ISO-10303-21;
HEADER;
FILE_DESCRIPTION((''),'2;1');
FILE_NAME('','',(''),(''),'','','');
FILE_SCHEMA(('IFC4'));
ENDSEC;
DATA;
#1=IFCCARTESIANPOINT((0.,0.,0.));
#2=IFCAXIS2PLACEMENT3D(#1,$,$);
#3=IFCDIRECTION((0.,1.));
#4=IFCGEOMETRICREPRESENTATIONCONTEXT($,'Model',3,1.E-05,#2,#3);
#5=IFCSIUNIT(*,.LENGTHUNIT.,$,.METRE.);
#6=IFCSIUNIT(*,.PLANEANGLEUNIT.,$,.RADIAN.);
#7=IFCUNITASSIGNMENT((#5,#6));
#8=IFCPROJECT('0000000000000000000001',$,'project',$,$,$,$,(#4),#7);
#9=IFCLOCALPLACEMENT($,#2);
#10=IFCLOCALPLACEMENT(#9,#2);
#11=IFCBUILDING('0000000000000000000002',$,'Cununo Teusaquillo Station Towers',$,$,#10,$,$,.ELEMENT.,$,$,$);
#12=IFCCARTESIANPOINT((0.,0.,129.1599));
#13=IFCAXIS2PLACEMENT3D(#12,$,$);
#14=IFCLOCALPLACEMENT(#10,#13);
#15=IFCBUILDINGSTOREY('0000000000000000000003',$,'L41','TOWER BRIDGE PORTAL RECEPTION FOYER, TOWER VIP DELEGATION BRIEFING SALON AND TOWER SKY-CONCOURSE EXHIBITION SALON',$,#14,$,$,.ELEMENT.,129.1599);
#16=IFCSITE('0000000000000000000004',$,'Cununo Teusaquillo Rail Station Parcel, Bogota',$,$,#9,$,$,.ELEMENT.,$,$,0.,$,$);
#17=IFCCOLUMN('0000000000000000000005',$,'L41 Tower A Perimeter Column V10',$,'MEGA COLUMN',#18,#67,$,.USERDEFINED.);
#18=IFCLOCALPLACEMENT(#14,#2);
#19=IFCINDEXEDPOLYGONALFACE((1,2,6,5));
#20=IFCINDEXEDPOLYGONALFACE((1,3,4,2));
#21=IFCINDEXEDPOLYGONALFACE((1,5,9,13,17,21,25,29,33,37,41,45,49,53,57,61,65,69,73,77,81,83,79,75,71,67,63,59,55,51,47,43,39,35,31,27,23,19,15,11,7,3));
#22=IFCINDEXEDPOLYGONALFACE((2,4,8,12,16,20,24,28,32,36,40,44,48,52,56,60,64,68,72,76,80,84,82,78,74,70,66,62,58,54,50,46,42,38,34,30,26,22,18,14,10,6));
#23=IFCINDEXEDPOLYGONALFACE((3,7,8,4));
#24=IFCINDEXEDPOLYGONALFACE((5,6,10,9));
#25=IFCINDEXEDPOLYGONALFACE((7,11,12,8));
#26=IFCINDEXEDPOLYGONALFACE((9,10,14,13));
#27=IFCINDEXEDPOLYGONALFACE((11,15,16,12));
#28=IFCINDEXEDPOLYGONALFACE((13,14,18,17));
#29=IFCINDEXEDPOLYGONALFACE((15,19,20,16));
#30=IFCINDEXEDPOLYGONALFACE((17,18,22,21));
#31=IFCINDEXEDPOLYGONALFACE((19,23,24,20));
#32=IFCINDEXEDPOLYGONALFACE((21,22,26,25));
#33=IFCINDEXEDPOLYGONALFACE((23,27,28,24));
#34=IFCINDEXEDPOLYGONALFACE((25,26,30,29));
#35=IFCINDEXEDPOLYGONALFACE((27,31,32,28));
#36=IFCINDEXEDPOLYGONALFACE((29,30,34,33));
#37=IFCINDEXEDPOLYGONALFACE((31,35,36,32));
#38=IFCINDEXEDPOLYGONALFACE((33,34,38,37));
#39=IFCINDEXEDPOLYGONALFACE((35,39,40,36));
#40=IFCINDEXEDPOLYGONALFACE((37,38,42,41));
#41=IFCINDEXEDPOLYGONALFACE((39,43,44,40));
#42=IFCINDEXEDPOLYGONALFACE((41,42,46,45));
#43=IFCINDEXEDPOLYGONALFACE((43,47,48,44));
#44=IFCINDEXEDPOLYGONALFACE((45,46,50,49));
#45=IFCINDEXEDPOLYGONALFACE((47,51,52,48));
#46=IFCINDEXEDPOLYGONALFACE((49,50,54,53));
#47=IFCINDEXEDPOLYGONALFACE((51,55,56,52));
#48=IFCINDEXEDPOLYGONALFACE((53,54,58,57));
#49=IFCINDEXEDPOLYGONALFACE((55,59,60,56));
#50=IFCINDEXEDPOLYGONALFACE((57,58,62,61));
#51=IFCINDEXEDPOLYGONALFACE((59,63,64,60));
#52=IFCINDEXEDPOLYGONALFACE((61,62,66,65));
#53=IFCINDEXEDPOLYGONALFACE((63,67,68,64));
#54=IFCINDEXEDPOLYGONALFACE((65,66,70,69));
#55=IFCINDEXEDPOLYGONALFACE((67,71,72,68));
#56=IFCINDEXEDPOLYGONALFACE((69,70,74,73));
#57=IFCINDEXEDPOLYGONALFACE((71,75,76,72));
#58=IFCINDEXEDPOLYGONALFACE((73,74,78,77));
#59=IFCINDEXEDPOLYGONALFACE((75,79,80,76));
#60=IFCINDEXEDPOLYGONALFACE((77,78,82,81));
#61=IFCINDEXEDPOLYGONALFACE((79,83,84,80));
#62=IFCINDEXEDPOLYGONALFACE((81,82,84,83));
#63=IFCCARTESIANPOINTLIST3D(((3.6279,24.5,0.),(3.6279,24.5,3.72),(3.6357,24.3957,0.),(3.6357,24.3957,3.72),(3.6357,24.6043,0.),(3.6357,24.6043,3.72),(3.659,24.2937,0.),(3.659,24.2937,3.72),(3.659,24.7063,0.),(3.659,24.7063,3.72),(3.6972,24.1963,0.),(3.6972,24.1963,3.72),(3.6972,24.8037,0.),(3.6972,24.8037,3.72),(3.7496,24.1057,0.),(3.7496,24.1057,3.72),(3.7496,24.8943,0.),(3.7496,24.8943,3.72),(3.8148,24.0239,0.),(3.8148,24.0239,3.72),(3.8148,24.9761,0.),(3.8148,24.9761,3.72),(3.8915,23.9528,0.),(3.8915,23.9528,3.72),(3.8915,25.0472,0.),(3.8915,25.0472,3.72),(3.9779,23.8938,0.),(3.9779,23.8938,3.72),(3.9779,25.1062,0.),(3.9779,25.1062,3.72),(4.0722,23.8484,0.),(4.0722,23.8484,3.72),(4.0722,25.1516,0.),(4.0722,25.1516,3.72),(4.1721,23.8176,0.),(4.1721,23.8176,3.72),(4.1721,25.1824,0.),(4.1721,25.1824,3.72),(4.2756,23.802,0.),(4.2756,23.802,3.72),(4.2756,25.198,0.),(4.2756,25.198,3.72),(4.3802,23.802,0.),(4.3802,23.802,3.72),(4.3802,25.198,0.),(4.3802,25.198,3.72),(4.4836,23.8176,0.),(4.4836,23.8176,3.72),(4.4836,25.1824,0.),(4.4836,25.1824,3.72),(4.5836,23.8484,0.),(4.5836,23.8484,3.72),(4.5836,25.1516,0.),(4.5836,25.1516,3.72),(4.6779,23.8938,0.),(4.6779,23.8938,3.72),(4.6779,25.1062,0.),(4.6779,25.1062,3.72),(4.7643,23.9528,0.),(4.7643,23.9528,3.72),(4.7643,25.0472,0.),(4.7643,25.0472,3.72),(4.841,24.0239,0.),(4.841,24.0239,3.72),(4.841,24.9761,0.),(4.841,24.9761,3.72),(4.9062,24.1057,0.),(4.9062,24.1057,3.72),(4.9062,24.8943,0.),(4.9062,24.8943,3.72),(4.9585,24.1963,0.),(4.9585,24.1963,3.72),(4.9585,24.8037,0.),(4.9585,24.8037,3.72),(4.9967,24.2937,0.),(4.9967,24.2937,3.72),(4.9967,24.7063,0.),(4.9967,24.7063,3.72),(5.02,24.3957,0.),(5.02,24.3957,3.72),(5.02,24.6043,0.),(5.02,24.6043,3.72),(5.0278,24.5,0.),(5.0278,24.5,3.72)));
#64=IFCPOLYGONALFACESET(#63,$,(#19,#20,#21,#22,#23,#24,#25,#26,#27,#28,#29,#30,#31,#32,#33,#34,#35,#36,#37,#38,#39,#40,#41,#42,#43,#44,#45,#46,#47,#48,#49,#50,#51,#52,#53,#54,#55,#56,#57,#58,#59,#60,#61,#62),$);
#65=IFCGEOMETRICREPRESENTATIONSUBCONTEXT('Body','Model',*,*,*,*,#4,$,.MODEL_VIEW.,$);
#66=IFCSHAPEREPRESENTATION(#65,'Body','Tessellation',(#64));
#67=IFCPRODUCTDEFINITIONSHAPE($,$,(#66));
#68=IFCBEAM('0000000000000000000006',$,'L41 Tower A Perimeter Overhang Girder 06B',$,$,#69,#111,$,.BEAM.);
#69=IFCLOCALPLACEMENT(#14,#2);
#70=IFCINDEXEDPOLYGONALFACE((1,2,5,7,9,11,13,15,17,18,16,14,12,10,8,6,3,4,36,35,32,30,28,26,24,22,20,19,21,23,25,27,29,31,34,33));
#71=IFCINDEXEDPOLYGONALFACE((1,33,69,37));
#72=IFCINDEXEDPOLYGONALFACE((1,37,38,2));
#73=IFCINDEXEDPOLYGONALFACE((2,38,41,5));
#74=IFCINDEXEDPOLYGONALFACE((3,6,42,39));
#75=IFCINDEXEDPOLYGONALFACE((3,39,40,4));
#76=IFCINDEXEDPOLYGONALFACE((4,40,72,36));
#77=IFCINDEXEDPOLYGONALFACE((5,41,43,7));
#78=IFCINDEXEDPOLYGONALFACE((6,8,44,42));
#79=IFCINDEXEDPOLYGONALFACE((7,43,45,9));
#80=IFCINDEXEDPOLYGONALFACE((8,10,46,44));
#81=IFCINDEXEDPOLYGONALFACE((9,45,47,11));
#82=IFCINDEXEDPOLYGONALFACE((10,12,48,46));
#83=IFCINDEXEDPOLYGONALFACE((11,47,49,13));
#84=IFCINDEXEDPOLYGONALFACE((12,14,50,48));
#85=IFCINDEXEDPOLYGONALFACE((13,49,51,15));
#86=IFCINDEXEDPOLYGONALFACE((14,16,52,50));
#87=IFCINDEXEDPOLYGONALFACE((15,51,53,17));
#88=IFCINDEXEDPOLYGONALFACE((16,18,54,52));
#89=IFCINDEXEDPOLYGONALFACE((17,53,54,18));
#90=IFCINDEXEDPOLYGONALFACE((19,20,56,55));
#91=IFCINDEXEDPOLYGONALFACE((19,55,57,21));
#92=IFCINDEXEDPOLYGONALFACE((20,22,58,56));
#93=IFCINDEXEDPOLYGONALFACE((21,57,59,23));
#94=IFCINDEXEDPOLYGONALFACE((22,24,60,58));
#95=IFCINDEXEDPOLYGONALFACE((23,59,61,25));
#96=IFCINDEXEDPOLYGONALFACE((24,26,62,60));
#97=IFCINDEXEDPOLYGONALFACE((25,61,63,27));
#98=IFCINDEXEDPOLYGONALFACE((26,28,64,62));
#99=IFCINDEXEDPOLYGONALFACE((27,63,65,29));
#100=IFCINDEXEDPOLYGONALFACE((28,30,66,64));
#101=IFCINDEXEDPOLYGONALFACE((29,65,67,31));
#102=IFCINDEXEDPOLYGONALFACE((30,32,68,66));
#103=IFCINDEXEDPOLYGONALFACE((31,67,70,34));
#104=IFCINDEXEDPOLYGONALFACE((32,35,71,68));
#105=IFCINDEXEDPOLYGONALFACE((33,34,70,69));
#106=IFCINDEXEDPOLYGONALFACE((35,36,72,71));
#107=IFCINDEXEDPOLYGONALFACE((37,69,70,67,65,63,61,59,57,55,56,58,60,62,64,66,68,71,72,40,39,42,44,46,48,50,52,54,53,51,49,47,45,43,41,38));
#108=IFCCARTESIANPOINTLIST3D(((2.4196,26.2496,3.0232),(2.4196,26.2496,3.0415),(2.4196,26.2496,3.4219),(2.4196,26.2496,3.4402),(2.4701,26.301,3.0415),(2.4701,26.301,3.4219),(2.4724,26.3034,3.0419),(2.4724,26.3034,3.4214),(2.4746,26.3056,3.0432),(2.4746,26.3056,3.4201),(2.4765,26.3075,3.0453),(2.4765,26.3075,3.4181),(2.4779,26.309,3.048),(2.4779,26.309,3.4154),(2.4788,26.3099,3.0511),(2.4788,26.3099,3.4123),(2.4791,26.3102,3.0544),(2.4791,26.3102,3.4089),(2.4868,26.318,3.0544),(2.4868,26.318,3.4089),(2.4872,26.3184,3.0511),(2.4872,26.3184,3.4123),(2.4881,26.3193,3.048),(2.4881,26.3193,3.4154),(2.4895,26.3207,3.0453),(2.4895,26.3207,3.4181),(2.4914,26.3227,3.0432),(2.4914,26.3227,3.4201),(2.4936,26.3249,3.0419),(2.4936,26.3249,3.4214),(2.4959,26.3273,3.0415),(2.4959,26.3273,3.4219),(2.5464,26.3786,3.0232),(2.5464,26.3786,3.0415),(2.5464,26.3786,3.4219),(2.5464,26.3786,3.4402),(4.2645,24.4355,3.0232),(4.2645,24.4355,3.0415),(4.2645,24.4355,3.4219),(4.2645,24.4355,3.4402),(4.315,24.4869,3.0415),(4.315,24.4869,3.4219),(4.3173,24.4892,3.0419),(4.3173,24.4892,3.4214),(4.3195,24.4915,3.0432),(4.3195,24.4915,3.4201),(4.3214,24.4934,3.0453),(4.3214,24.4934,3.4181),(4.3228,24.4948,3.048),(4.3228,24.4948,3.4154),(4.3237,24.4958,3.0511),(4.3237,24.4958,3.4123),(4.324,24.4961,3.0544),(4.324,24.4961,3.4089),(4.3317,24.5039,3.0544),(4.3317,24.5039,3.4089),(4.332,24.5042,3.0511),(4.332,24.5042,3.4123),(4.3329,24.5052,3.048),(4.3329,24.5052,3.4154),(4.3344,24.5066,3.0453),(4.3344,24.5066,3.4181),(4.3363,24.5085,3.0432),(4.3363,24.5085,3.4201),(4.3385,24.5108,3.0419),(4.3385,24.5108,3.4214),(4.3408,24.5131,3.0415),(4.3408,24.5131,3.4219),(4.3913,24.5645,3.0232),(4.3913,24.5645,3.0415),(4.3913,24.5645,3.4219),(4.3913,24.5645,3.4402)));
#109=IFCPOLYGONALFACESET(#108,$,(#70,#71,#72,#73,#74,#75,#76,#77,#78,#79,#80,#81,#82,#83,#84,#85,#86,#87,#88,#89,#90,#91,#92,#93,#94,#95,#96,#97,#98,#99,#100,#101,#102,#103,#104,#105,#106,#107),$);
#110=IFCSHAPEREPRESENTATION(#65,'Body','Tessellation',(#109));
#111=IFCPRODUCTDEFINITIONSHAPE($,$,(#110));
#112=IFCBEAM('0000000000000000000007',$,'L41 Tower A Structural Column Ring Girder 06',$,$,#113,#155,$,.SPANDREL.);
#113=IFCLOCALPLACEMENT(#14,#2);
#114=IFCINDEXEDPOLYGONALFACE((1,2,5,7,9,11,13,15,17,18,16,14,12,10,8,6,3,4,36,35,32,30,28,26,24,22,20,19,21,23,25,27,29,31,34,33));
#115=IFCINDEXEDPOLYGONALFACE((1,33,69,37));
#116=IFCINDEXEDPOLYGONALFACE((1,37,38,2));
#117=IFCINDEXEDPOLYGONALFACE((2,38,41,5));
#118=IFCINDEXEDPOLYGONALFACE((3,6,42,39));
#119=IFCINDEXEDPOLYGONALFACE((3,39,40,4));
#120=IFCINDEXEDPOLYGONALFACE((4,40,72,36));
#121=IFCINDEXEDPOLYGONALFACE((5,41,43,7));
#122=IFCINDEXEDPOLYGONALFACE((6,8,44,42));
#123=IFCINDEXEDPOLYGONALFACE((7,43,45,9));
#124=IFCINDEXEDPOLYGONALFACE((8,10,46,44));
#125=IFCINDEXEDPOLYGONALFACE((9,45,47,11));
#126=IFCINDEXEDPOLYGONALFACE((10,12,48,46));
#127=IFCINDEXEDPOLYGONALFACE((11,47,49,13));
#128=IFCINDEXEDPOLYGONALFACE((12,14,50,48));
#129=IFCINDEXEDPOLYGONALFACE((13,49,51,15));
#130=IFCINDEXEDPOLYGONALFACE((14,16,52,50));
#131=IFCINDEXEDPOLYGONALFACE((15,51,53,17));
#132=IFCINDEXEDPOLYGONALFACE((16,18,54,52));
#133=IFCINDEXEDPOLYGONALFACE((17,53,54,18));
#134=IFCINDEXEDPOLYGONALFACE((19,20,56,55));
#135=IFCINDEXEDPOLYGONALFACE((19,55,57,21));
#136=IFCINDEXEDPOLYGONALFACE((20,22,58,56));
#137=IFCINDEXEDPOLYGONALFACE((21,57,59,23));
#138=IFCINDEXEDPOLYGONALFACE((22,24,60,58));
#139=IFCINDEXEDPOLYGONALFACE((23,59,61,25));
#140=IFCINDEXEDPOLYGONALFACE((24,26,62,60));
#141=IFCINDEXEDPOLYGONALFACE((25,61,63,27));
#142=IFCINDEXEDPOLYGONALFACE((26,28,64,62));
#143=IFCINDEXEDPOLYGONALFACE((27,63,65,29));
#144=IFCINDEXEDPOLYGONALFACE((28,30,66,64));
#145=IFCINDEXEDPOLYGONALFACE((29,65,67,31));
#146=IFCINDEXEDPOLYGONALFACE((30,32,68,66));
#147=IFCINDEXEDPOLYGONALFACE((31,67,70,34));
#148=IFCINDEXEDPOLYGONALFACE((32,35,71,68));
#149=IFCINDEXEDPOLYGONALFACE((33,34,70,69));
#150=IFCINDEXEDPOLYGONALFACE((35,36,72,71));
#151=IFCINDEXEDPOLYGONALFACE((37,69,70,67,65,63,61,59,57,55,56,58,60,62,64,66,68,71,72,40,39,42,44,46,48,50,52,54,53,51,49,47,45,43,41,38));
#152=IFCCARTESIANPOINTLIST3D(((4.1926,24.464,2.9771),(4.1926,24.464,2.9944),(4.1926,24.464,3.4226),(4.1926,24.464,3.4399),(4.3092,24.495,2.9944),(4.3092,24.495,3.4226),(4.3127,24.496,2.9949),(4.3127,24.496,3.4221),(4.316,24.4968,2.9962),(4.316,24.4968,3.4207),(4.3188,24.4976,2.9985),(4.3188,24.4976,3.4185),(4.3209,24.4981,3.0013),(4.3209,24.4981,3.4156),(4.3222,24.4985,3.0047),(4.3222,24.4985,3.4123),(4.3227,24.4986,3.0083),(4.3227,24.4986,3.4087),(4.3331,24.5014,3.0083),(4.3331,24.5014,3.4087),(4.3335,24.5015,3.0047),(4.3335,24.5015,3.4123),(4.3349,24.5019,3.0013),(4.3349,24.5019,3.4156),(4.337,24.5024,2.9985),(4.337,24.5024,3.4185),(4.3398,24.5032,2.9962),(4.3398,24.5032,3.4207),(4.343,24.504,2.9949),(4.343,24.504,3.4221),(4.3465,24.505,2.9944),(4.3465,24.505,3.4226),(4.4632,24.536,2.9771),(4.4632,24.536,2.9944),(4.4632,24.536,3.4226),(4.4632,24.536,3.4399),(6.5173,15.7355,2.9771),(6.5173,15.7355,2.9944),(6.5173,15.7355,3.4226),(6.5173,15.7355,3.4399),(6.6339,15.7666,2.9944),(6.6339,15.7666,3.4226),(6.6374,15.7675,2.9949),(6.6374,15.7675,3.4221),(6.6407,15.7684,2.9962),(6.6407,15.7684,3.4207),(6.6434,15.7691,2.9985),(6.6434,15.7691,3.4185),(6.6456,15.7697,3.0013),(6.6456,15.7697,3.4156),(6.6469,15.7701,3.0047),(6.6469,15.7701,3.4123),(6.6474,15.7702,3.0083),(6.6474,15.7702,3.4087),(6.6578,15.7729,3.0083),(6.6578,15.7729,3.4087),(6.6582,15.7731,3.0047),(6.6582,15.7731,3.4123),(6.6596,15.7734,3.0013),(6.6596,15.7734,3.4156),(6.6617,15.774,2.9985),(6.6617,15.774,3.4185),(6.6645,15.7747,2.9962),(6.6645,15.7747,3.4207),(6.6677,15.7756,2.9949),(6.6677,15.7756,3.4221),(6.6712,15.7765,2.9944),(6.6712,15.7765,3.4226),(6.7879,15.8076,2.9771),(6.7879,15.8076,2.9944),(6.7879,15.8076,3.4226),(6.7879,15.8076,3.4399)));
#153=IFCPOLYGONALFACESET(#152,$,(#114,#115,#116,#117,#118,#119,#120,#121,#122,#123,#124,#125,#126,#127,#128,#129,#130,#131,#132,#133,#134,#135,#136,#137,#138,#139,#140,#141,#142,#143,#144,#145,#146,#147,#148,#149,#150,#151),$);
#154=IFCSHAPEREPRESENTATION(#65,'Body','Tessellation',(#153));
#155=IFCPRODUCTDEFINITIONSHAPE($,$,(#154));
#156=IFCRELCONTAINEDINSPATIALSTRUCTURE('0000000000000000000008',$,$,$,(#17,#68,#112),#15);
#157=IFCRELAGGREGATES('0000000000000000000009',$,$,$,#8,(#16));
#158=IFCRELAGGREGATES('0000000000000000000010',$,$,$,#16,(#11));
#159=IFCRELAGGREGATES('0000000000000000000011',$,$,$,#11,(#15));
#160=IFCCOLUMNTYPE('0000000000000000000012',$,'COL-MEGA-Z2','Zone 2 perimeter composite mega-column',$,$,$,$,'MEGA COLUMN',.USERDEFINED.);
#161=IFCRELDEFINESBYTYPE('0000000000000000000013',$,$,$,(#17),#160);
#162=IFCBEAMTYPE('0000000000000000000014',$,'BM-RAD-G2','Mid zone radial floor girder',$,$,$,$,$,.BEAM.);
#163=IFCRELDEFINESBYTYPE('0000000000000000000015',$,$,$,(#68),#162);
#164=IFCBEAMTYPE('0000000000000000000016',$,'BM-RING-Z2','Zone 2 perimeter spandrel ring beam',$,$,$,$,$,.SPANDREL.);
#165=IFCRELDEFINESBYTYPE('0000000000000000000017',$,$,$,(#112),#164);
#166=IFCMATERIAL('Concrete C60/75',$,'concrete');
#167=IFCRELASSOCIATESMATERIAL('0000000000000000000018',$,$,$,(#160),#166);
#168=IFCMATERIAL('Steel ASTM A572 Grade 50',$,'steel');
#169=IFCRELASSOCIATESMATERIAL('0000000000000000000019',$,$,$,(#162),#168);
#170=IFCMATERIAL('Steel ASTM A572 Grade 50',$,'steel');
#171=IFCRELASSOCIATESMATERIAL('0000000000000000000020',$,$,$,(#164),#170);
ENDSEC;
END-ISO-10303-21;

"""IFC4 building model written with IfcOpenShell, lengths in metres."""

from ifc_helpers import new_model, si_unit, direction, frame, origin, origin_2d, place, context, subcontext, project, spatial, circle, i_section, extrude, material, material_profile, profile_set, type_object, element, save


model = new_model("IFC4")

# Units and contexts
model_context = context("Model", 3, precision=1e-05, world=origin(), true_north=direction((0.0, 1.0)))
body_context = subcontext(model_context, "Body", "Model", "MODEL_VIEW")
ifc_project = project(units=[si_unit("LENGTHUNIT", "METRE"), si_unit("PLANEANGLEUNIT", "RADIAN")], contexts=[model_context])

# Site, building, storey
site_placement = place(None, origin())
site = spatial("IfcSite", under=ifc_project, at=site_placement, Name="Cununo Teusaquillo Rail Station Parcel, Bogota", CompositionType="ELEMENT", RefElevation=0.0)
building_placement = place(site_placement, origin())
building = spatial("IfcBuilding", under=site, at=building_placement, Name="Cununo Teusaquillo Station Towers", CompositionType="ELEMENT")
storey_placement = place(building_placement, frame((0.0, 0.0, 129.1599)))
storey = spatial("IfcBuildingStorey", under=building, at=storey_placement, Name="L41", Description="TOWER BRIDGE PORTAL RECEPTION FOYER, TOWER VIP DELEGATION BRIEFING SALON AND TOWER SKY-CONCOURSE EXHIBITION SALON", CompositionType="ELEMENT", Elevation=129.1599)

# Column
ifc_material_1 = material(Name="Concrete C60/75", Category="concrete")
ifc_material_profile_1 = material_profile(ifc_material_1, circle(Radius=0.7, at=origin_2d()), Name="RC-CIRC-1400")
ifc_profile_set_1 = profile_set([ifc_material_profile_1], Name="Concrete C60/75")
column_type = type_object("IfcColumnType", Name="COL-MEGA-Z2", Description="Zone 2 perimeter composite mega-column", ElementType="MEGA COLUMN", PredefinedType="USERDEFINED", material=ifc_profile_set_1)
column_placement = place(storey_placement, frame((4.3279, 24.5, 0.0), z_axis=(0.0, 0.0, 1.0), x_axis=(1.0, 0.0, 0.0)))
element("IfcColumn", 1, at=column_placement, inside=storey, type_object=column_type, Name="L41 Tower A Perimeter Column V10", ObjectType="MEGA COLUMN", PredefinedType="USERDEFINED", context=body_context, shape_type="SweptSolid", body=[
    extrude(circle(Radius=0.7, at=origin_2d()), origin(), (0.0, 0.0, 1.0), 3.72),
])

# Beams
ifc_material_2 = material(Name="Steel ASTM A572 Grade 50", Category="steel")
ifc_material_profile_2 = material_profile(ifc_material_2, i_section(OverallWidth=0.1809, OverallDepth=0.417, WebThickness=0.011, FlangeThickness=0.0183, FilletRadius=0.0129, at=origin_2d()), Name="W16X57")
ifc_profile_set_2 = profile_set([ifc_material_profile_2], Name="Steel ASTM A572 Grade 50")
beam_type_1 = type_object("IfcBeamType", Name="BM-RAD-G2", Description="Mid zone radial floor girder", PredefinedType="BEAM", material=ifc_profile_set_2)
beam_1_placement = place(storey_placement, frame((4.3279, 24.5, 3.2317), z_axis=(-0.713026, 0.701138, 0.0), x_axis=(-0.701138, -0.713026, 0.0)))
element("IfcBeam", 2, at=beam_1_placement, inside=storey, type_object=beam_type_1, Name="L41 Tower A Perimeter Overhang Girder 06B", PredefinedType="BEAM", context=body_context, shape_type="SweptSolid", body=[
    extrude(i_section(OverallWidth=0.1809, OverallDepth=0.417, WebThickness=0.011, FlangeThickness=0.0183, FilletRadius=0.0129, at=origin_2d()), origin(), (0.0, 0.0, 1.0), 2.5874),
])
ifc_material_3 = material(Name="Steel ASTM A572 Grade 50", Category="steel")
ifc_material_profile_3 = material_profile(ifc_material_3, i_section(OverallWidth=0.28, OverallDepth=0.4629, WebThickness=0.0107, FlangeThickness=0.0173, FilletRadius=0.0139, at=origin_2d()), Name="W18X76")
ifc_profile_set_3 = profile_set([ifc_material_profile_3], Name="Steel ASTM A572 Grade 50")
beam_type_2 = type_object("IfcBeamType", Name="BM-RING-Z2", Description="Zone 2 perimeter spandrel ring beam", PredefinedType="SPANDREL", material=ifc_profile_set_3)
beam_2_placement = place(storey_placement, frame((4.3279, 24.5, 3.2085), z_axis=(0.257363, -0.966315, 0.0), x_axis=(0.966315, 0.257363, 0.0)))
element("IfcBeam", 3, at=beam_2_placement, inside=storey, type_object=beam_type_2, Name="L41 Tower A Structural Column Ring Girder 06", PredefinedType="SPANDREL", context=body_context, shape_type="SweptSolid", body=[
    extrude(i_section(OverallWidth=0.28, OverallDepth=0.4629, WebThickness=0.0107, FlangeThickness=0.0173, FilletRadius=0.0139, at=origin_2d()), origin(), (0.0, 0.0, 1.0), 9.0327),
])

save(model, "model.ifc")
